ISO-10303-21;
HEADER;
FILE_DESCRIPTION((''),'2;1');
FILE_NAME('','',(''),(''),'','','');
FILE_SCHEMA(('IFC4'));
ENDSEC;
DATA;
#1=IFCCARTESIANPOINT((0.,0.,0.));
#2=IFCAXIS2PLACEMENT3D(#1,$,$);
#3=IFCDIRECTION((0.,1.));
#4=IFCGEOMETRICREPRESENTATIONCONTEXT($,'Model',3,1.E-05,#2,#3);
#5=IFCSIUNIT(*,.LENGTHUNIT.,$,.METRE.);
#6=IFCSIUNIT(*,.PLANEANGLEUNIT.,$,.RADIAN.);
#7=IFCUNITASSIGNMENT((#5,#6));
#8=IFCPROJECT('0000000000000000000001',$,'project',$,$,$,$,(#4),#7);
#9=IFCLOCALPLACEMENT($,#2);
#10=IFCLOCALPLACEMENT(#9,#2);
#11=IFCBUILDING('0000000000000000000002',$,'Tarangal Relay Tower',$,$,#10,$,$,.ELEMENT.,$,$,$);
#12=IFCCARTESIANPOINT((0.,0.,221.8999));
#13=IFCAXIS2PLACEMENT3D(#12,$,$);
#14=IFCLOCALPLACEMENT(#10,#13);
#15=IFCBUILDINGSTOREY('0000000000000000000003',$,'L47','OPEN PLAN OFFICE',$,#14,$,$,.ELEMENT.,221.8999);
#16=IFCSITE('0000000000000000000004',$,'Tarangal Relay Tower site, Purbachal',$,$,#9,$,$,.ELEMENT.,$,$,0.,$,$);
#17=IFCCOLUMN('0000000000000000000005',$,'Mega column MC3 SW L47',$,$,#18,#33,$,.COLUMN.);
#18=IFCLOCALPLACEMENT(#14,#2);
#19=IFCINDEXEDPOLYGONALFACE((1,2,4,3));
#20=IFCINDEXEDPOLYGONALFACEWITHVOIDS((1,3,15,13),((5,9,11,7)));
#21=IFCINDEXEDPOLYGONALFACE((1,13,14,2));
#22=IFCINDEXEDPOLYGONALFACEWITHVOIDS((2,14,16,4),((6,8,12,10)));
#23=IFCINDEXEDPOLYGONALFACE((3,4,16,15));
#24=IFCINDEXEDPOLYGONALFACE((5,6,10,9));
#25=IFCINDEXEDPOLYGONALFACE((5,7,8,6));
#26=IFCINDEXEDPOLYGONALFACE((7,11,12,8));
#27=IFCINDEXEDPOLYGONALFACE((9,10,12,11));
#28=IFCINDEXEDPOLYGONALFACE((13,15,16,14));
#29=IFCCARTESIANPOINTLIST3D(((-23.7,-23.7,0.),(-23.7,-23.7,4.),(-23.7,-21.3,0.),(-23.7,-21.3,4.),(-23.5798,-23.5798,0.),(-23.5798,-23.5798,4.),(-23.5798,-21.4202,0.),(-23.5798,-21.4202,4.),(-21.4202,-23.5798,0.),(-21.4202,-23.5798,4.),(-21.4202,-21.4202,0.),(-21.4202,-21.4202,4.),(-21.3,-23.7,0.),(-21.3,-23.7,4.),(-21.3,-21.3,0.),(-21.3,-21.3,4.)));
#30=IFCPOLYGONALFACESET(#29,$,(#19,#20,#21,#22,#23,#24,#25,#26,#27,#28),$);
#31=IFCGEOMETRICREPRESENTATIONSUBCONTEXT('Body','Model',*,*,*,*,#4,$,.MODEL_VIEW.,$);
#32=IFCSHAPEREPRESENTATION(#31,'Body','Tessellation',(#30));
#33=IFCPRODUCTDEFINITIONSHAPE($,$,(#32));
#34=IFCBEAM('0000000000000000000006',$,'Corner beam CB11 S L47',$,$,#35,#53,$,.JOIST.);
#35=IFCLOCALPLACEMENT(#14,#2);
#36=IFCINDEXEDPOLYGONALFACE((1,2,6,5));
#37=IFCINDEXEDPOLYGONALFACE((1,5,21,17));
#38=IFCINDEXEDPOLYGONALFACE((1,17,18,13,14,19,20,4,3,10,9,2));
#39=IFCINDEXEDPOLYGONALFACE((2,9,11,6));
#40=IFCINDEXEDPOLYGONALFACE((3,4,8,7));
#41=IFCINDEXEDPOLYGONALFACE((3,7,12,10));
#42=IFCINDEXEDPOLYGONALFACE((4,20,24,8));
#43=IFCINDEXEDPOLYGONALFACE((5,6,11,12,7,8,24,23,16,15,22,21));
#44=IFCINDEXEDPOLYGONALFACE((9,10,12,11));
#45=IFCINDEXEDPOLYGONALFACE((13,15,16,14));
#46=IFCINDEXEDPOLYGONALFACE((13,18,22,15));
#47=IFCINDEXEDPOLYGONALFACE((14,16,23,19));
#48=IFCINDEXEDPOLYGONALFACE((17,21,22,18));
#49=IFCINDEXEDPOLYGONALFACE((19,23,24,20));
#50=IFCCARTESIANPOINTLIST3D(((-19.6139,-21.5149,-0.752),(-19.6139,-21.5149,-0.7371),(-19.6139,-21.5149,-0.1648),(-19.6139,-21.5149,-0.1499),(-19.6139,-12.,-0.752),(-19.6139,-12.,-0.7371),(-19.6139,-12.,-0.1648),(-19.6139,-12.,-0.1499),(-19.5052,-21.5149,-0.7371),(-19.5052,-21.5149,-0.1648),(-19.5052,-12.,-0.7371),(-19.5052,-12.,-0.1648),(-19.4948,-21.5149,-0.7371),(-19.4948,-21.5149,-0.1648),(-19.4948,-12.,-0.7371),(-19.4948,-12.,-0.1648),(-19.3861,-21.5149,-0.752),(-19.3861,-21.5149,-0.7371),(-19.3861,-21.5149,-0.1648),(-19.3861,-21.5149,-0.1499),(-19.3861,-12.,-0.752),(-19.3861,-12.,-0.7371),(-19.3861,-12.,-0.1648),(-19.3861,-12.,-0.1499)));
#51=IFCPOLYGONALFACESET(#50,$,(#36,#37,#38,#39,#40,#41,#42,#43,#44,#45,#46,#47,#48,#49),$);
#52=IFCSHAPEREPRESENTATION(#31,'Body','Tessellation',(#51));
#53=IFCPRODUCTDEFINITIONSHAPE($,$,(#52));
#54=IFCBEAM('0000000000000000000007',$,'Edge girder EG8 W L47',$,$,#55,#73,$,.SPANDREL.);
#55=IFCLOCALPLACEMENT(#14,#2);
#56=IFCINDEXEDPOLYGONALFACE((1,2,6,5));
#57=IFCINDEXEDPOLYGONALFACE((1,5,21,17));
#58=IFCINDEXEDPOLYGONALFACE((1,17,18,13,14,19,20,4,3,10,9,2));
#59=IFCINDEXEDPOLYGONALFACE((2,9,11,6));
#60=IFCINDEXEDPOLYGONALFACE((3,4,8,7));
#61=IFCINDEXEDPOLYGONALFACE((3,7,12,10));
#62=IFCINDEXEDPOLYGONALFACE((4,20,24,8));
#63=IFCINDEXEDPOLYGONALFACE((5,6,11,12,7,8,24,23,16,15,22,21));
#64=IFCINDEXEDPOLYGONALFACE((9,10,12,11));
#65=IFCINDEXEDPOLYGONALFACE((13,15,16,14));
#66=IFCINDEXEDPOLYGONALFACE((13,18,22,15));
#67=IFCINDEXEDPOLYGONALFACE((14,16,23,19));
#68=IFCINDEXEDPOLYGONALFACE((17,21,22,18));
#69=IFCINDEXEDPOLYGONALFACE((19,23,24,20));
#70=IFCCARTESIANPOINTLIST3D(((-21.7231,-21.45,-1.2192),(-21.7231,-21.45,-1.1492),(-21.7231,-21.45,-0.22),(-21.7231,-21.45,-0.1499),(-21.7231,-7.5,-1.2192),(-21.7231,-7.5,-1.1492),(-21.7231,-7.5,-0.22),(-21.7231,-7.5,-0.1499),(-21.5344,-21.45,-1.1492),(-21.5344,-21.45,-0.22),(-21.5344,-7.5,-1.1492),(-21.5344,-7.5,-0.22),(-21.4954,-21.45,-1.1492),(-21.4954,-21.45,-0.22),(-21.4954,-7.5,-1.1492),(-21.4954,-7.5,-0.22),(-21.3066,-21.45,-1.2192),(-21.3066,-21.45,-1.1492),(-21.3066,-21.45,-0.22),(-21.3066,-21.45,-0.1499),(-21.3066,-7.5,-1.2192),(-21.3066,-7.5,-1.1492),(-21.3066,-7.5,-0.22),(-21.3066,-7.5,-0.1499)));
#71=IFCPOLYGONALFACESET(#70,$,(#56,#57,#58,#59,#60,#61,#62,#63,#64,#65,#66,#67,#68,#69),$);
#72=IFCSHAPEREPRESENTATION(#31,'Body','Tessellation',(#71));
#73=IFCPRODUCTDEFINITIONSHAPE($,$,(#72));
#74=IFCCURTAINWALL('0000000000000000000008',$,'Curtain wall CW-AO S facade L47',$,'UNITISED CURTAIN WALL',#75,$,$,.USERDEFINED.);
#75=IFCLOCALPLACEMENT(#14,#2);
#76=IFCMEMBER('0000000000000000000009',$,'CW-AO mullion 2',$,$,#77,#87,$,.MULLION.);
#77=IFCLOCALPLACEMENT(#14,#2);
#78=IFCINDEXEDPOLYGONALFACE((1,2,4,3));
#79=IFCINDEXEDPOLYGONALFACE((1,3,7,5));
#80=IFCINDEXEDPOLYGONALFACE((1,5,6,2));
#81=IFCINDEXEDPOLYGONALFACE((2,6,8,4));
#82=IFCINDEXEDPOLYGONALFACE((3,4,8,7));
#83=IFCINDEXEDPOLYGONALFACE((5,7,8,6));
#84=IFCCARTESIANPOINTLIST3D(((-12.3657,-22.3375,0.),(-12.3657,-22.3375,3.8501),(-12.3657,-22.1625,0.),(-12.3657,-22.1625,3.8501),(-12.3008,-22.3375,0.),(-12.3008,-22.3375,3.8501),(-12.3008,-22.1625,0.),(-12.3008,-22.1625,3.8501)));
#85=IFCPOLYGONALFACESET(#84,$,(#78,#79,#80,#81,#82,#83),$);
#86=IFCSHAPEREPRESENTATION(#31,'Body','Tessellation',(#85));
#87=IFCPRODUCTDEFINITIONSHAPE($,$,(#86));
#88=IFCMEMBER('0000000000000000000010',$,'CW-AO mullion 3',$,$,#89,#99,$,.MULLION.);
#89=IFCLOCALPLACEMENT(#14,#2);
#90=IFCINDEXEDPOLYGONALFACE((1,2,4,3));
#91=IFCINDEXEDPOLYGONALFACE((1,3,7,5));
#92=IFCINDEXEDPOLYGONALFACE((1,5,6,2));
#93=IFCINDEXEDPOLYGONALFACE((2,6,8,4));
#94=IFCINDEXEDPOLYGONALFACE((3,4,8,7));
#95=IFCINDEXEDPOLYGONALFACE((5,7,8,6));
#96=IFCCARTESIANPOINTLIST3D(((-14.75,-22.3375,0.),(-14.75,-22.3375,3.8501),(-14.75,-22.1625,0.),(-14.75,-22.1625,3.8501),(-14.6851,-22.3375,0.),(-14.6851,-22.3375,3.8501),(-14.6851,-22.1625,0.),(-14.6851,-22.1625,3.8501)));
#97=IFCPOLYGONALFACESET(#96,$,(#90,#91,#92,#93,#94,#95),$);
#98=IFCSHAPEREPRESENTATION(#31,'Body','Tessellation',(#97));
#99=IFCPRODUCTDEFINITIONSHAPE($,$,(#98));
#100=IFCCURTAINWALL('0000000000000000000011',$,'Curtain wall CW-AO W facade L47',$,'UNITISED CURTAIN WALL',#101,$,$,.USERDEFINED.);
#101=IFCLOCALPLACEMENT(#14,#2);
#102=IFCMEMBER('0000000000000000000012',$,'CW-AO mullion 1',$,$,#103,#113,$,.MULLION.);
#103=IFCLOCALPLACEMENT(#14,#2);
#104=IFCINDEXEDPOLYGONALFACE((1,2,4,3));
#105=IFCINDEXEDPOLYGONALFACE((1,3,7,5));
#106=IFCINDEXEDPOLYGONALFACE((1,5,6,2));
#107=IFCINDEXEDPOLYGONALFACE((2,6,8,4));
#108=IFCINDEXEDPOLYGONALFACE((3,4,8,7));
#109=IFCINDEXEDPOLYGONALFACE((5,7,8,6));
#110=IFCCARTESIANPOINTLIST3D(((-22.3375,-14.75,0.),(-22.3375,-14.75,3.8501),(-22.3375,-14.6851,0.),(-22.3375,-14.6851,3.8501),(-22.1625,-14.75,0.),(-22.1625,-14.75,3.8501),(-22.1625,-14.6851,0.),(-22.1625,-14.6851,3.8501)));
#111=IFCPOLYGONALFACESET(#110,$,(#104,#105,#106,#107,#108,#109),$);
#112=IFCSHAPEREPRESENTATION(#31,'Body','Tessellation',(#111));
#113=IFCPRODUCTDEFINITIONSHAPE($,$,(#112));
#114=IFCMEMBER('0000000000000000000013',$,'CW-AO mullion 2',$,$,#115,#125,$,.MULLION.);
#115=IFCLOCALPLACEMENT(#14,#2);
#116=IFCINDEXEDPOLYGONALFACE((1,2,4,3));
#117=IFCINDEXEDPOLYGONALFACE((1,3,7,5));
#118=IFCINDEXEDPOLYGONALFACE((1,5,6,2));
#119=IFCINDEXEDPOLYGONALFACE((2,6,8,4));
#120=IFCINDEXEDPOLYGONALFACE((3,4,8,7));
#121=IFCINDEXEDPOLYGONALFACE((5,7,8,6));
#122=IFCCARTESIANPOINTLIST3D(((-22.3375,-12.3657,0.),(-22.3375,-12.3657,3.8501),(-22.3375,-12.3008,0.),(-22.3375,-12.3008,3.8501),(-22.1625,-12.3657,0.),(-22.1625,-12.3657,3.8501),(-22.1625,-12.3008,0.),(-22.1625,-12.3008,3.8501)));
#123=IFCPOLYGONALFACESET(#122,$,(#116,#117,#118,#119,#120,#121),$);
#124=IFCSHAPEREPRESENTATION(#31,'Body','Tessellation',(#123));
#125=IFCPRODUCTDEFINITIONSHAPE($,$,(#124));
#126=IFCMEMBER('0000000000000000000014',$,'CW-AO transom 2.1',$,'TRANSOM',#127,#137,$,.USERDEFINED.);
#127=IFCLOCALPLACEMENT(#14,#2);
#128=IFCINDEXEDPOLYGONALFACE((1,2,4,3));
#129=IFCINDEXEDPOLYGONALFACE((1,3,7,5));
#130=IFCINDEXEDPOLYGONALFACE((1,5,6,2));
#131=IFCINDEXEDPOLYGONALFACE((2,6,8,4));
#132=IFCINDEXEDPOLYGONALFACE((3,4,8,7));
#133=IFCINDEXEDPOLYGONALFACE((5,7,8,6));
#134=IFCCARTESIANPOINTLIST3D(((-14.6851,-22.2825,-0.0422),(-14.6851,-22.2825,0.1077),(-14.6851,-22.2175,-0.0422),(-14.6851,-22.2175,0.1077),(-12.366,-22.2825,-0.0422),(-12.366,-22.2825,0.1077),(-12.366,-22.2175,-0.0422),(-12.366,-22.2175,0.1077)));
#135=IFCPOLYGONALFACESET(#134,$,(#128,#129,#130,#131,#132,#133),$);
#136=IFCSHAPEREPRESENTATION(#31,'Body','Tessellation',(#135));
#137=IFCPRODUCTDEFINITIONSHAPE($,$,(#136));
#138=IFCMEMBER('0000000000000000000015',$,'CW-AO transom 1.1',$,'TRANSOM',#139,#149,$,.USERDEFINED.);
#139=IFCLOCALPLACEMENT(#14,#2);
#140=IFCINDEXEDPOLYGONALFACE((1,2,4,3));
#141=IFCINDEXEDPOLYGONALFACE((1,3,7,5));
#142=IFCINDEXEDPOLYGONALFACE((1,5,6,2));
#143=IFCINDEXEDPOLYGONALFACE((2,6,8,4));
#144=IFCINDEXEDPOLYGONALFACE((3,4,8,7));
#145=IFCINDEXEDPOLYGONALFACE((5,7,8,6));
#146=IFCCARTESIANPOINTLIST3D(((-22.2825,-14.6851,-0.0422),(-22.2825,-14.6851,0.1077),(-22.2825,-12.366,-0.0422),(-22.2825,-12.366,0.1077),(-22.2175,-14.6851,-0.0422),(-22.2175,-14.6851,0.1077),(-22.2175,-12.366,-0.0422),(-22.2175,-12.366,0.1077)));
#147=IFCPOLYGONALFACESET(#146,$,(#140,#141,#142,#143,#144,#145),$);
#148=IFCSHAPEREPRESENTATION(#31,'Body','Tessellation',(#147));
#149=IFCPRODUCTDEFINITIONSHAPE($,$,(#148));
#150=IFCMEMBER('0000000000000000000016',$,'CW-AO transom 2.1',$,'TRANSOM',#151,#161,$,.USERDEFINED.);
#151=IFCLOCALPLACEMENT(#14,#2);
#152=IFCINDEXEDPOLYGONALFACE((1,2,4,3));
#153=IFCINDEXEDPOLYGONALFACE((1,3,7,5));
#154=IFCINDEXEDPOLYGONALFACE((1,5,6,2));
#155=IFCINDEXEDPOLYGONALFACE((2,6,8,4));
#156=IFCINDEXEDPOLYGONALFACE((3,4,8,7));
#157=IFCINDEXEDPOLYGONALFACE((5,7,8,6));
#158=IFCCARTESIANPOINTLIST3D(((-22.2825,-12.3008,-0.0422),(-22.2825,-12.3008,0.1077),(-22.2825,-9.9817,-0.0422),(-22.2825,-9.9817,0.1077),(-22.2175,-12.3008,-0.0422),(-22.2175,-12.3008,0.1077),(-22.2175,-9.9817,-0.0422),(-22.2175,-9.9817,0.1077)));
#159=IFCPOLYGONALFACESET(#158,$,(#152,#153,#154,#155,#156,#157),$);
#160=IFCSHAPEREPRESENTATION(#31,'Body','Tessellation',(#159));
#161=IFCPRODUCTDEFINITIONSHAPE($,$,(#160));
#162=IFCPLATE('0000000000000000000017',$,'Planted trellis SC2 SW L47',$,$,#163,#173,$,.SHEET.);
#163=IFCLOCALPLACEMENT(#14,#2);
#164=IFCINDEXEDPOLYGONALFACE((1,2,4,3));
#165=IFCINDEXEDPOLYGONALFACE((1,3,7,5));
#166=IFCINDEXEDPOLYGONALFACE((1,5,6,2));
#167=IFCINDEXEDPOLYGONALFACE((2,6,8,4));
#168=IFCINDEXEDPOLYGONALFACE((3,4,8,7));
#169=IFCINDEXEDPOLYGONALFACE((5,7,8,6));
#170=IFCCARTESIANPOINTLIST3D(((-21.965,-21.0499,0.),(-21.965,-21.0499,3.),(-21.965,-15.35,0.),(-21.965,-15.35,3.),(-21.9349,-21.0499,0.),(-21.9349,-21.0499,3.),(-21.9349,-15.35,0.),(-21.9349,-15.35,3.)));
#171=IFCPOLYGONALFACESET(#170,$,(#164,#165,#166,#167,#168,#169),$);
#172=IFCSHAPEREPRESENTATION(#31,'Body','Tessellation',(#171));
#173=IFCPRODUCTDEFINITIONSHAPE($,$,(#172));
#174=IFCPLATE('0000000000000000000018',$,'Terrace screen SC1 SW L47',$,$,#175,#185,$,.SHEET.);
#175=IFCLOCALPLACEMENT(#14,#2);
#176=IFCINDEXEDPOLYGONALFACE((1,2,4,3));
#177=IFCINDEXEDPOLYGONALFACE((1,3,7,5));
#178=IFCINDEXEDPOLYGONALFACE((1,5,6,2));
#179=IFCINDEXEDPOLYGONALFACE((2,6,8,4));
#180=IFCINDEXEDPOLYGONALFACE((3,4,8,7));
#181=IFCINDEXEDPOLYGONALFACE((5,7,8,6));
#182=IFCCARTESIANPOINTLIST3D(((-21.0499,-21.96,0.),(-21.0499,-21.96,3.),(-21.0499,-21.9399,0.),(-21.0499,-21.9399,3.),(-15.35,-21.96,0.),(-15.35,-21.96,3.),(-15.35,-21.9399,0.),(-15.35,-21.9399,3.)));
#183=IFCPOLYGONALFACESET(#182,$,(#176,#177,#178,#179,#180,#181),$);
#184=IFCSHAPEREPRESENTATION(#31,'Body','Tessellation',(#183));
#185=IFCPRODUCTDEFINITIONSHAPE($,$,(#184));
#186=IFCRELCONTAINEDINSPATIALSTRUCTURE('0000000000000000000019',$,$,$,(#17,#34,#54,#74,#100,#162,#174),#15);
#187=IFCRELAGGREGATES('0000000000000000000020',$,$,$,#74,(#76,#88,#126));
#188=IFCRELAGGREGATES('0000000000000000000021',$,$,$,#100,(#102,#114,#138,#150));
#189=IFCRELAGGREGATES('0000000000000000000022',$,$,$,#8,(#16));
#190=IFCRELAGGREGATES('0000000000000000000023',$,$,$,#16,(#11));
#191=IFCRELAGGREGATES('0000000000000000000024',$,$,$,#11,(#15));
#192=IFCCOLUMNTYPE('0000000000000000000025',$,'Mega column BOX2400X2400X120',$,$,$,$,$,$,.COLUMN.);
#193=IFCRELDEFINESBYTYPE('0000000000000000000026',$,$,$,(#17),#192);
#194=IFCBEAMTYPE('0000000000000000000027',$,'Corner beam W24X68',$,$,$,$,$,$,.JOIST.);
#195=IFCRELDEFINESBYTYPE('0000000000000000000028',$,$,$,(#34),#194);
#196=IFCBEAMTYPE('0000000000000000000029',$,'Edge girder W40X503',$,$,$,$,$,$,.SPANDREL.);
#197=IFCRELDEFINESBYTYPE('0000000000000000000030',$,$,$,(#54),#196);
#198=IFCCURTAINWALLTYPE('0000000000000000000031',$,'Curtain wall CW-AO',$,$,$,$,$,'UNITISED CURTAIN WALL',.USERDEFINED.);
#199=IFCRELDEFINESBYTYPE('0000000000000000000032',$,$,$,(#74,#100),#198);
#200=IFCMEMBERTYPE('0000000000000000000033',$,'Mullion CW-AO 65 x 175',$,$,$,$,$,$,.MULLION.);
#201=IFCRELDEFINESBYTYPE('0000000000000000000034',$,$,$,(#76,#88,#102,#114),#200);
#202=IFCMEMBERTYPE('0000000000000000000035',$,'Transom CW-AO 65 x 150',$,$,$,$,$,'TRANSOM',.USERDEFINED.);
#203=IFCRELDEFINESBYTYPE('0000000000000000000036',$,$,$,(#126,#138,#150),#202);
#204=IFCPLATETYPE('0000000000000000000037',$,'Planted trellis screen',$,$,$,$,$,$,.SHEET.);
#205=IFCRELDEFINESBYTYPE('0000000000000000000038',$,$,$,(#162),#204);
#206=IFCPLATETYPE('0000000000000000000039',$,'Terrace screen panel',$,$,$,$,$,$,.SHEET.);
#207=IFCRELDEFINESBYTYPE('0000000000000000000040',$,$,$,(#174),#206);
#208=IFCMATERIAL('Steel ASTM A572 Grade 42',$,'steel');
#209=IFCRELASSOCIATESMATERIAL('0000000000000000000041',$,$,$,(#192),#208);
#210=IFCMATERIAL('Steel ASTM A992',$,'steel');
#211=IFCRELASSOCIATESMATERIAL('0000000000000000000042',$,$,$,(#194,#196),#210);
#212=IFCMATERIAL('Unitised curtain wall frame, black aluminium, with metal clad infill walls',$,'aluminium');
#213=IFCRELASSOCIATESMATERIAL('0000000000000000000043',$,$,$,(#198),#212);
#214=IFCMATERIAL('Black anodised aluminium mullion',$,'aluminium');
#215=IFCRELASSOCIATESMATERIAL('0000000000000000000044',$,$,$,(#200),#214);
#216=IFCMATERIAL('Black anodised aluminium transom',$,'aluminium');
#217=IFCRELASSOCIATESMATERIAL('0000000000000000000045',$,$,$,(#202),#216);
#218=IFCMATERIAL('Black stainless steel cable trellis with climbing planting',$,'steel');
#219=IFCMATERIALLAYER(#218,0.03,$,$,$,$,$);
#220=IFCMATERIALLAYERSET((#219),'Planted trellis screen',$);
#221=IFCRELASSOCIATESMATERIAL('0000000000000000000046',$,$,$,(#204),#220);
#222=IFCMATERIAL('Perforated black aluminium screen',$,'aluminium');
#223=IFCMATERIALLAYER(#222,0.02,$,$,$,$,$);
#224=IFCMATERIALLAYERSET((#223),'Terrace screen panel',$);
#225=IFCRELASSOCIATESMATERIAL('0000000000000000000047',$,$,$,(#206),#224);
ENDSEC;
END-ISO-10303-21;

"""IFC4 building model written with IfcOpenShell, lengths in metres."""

from ifc_helpers import new_model, si_unit, direction, frame, origin, origin_2d, place, context, subcontext, project, spatial, rectangle, hollow_rectangle, i_section, extrude, material, layer, layer_set, material_profile, profile_set, type_object, element, aggregate, save


model = new_model("IFC4")

# Units and contexts
model_context = context("Model", 3, precision=1e-05, world=origin(), true_north=direction((0.0, 1.0)))
body_context = subcontext(model_context, "Body", "Model", "MODEL_VIEW")
ifc_project = project(units=[si_unit("LENGTHUNIT", "METRE"), si_unit("PLANEANGLEUNIT", "RADIAN")], contexts=[model_context])

# Site, building, storey
site_placement = place(None, origin())
site = spatial("IfcSite", under=ifc_project, at=site_placement, Name="Tarangal Relay Tower site, Purbachal", CompositionType="ELEMENT", RefElevation=0.0)
building_placement = place(site_placement, origin())
building = spatial("IfcBuilding", under=site, at=building_placement, Name="Tarangal Relay Tower", CompositionType="ELEMENT")
storey_placement = place(building_placement, frame((0.0, 0.0, 221.8999)))
storey = spatial("IfcBuildingStorey", under=building, at=storey_placement, Name="L47", Description="OPEN PLAN OFFICE", CompositionType="ELEMENT", Elevation=221.8999)

# Column
ifc_material_1 = material(Name="Steel ASTM A572 Grade 42", Category="steel")
ifc_material_profile_1 = material_profile(ifc_material_1, hollow_rectangle(XDim=2.3999, YDim=2.3999, WallThickness=0.1201, at=origin_2d()), Name="BOX2400X2400X120")
ifc_profile_set_1 = profile_set([ifc_material_profile_1], Name="Steel ASTM A572 Grade 42")
column_type = type_object("IfcColumnType", Name="Mega column BOX2400X2400X120", PredefinedType="COLUMN", material=ifc_profile_set_1)
column_placement = place(storey_placement, frame((-22.5, -22.5, 0.0), z_axis=(0.0, 0.0, 1.0), x_axis=(1.0, 0.0, 0.0)))
element("IfcColumn", 1, at=column_placement, inside=storey, type_object=column_type, Name="Mega column MC3 SW L47", PredefinedType="COLUMN", context=body_context, shape_type="SweptSolid", body=[
    extrude(hollow_rectangle(XDim=2.3999, YDim=2.3999, WallThickness=0.1201, at=origin_2d()), origin(), (0.0, 0.0, 1.0), 4.0),
])

# Beams
ifc_material_2 = material(Name="Steel ASTM A992", Category="steel")
ifc_material_profile_2 = material_profile(ifc_material_2, i_section(OverallWidth=0.2278, OverallDepth=0.6021, WebThickness=0.0105, FlangeThickness=0.0149, at=origin_2d()), Name="W24X68")
ifc_profile_set_2 = profile_set([ifc_material_profile_2], Name="Steel ASTM A992")
beam_type_1 = type_object("IfcBeamType", Name="Corner beam W24X68", PredefinedType="JOIST", material=ifc_profile_set_2)
beam_1_placement = place(storey_placement, frame((-19.5, -12.0, -0.4509), z_axis=(0.0, -1.0, 0.0), x_axis=(1.0, 0.0, 0.0)))
element("IfcBeam", 2, at=beam_1_placement, inside=storey, type_object=beam_type_1, Name="Corner beam CB11 S L47", PredefinedType="JOIST", context=body_context, shape_type="SweptSolid", body=[
    extrude(i_section(OverallWidth=0.2278, OverallDepth=0.6021, WebThickness=0.0105, FlangeThickness=0.0149, at=origin_2d()), origin(), (0.0, 0.0, 1.0), 9.5149),
])
ifc_material_profile_3 = material_profile(ifc_material_2, i_section(OverallWidth=0.4165, OverallDepth=1.0693, WebThickness=0.0391, FlangeThickness=0.0701, at=origin_2d()), Name="W40X503")
ifc_profile_set_3 = profile_set([ifc_material_profile_3], Name="Steel ASTM A992")
beam_type_2 = type_object("IfcBeamType", Name="Edge girder W40X503", PredefinedType="SPANDREL", material=ifc_profile_set_3)
beam_2_placement = place(storey_placement, frame((-21.5149, -21.45, -0.6846), z_axis=(0.0, 1.0, 0.0), x_axis=(-1.0, 0.0, 0.0)))
element("IfcBeam", 3, at=beam_2_placement, inside=storey, type_object=beam_type_2, Name="Edge girder EG8 W L47", PredefinedType="SPANDREL", context=body_context, shape_type="SweptSolid", body=[
    extrude(i_section(OverallWidth=0.4165, OverallDepth=1.0693, WebThickness=0.0391, FlangeThickness=0.0701, at=origin_2d()), origin(), (0.0, 0.0, 1.0), 13.95),
])

# Curtain walls, members
ifc_material_3 = material(Name="Unitised curtain wall frame, black aluminium, with metal clad infill walls", Category="aluminium")
curtain_wall_type = type_object("IfcCurtainWallType", Name="Curtain wall CW-AO", ElementType="UNITISED CURTAIN WALL", PredefinedType="USERDEFINED", material=ifc_material_3)
curtain_wall_1_placement = place(storey_placement, origin())
curtain_wall_1 = element("IfcCurtainWall", 4, at=curtain_wall_1_placement, inside=storey, type_object=curtain_wall_type, Name="Curtain wall CW-AO S facade L47", ObjectType="UNITISED CURTAIN WALL", PredefinedType="USERDEFINED")
ifc_material_4 = material(Name="Black anodised aluminium mullion", Category="aluminium")
ifc_material_profile_4 = material_profile(ifc_material_4, rectangle(XDim=0.175, YDim=0.0649, at=origin_2d()), Name="CW-AOM 65X175")
ifc_profile_set_4 = profile_set([ifc_material_profile_4], Name="Black anodised aluminium mullion")
member_type_1 = type_object("IfcMemberType", Name="Mullion CW-AO 65 x 175", PredefinedType="MULLION", material=ifc_profile_set_4)
member_1_placement = place(storey_placement, frame((-12.3333, -22.25, 0.0), z_axis=(0.0, 0.0, 1.0), x_axis=(0.0, -1.0, 0.0)))
member_1 = element("IfcMember", 5, at=member_1_placement, type_object=member_type_1, Name="CW-AO mullion 2", PredefinedType="MULLION", context=body_context, shape_type="SweptSolid", body=[
    extrude(rectangle(XDim=0.175, YDim=0.0649, at=origin_2d()), origin(), (0.0, 0.0, 1.0), 3.8501),
])
member_2_placement = place(storey_placement, frame((-14.7175, -22.25, 0.0), z_axis=(0.0, 0.0, 1.0), x_axis=(0.0, -1.0, 0.0)))
member_2 = element("IfcMember", 6, at=member_2_placement, type_object=member_type_1, Name="CW-AO mullion 3", PredefinedType="MULLION", context=body_context, shape_type="SweptSolid", body=[
    extrude(rectangle(XDim=0.175, YDim=0.0649, at=origin_2d()), origin(), (0.0, 0.0, 1.0), 3.8501),
])
curtain_wall_2_placement = place(storey_placement, origin())
curtain_wall_2 = element("IfcCurtainWall", 7, at=curtain_wall_2_placement, inside=storey, type_object=curtain_wall_type, Name="Curtain wall CW-AO W facade L47", ObjectType="UNITISED CURTAIN WALL", PredefinedType="USERDEFINED")
member_3_placement = place(storey_placement, frame((-22.25, -14.7175, 0.0), z_axis=(0.0, 0.0, 1.0), x_axis=(-1.0, 0.0, 0.0)))
member_3 = element("IfcMember", 8, at=member_3_placement, type_object=member_type_1, Name="CW-AO mullion 1", PredefinedType="MULLION", context=body_context, shape_type="SweptSolid", body=[
    extrude(rectangle(XDim=0.175, YDim=0.0649, at=origin_2d()), origin(), (0.0, 0.0, 1.0), 3.8501),
])
member_4_placement = place(storey_placement, frame((-22.25, -12.3333, 0.0), z_axis=(0.0, 0.0, 1.0), x_axis=(-1.0, 0.0, 0.0)))
member_4 = element("IfcMember", 9, at=member_4_placement, type_object=member_type_1, Name="CW-AO mullion 2", PredefinedType="MULLION", context=body_context, shape_type="SweptSolid", body=[
    extrude(rectangle(XDim=0.175, YDim=0.0649, at=origin_2d()), origin(), (0.0, 0.0, 1.0), 3.8501),
])

# Members
ifc_material_5 = material(Name="Black anodised aluminium transom", Category="aluminium")
ifc_material_profile_5 = material_profile(ifc_material_5, rectangle(XDim=0.0649, YDim=0.1499, at=origin_2d()), Name="CW-AOT 65X150")
ifc_profile_set_5 = profile_set([ifc_material_profile_5], Name="Black anodised aluminium transom")
member_type_2 = type_object("IfcMemberType", Name="Transom CW-AO 65 x 150", ElementType="TRANSOM", PredefinedType="USERDEFINED", material=ifc_profile_set_5)
member_5_placement = place(storey_placement, frame((-12.366, -22.25, 0.0327), z_axis=(-1.0, 0.0, 0.0), x_axis=(0.0, -1.0, 0.0)))
member_5 = element("IfcMember", 10, at=member_5_placement, type_object=member_type_2, Name="CW-AO transom 2.1", ObjectType="TRANSOM", PredefinedType="USERDEFINED", context=body_context, shape_type="SweptSolid", body=[
    extrude(rectangle(XDim=0.0649, YDim=0.1499, at=origin_2d()), origin(), (0.0, 0.0, 1.0), 2.3191),
])
aggregate(curtain_wall_1, [member_1, member_2, member_5])
member_6_placement = place(storey_placement, frame((-22.25, -14.6851, 0.0327), z_axis=(0.0, 1.0, 0.0), x_axis=(-1.0, 0.0, 0.0)))
member_6 = element("IfcMember", 11, at=member_6_placement, type_object=member_type_2, Name="CW-AO transom 1.1", ObjectType="TRANSOM", PredefinedType="USERDEFINED", context=body_context, shape_type="SweptSolid", body=[
    extrude(rectangle(XDim=0.0649, YDim=0.1499, at=origin_2d()), origin(), (0.0, 0.0, 1.0), 2.3191),
])
member_7_placement = place(storey_placement, frame((-22.25, -12.3008, 0.0327), z_axis=(0.0, 1.0, 0.0), x_axis=(-1.0, 0.0, 0.0)))
member_7 = element("IfcMember", 12, at=member_7_placement, type_object=member_type_2, Name="CW-AO transom 2.1", ObjectType="TRANSOM", PredefinedType="USERDEFINED", context=body_context, shape_type="SweptSolid", body=[
    extrude(rectangle(XDim=0.0649, YDim=0.1499, at=origin_2d()), origin(), (0.0, 0.0, 1.0), 2.3191),
])
aggregate(curtain_wall_2, [member_3, member_4, member_6, member_7])

# Plates
ifc_material_6 = material(Name="Black stainless steel cable trellis with climbing planting", Category="steel")
ifc_layer_1 = layer(ifc_material_6, 0.03)
ifc_layer_set_1 = layer_set([ifc_layer_1], Name="Planted trellis screen")
plate_type_1 = type_object("IfcPlateType", Name="Planted trellis screen", PredefinedType="SHEET", material=ifc_layer_set_1)
plate_1_placement = place(storey_placement, frame((-21.95, -18.2, 0.0), z_axis=(0.0, 0.0, 1.0), x_axis=(0.0, 1.0, 0.0)))
element("IfcPlate", 13, at=plate_1_placement, inside=storey, type_object=plate_type_1, Name="Planted trellis SC2 SW L47", PredefinedType="SHEET", context=body_context, shape_type="SweptSolid", body=[
    extrude(rectangle(XDim=5.7, YDim=0.03, at=origin_2d()), origin(), (0.0, 0.0, 1.0), 3.0),
])
ifc_material_7 = material(Name="Perforated black aluminium screen", Category="aluminium")
ifc_layer_2 = layer(ifc_material_7, 0.02)
ifc_layer_set_2 = layer_set([ifc_layer_2], Name="Terrace screen panel")
plate_type_2 = type_object("IfcPlateType", Name="Terrace screen panel", PredefinedType="SHEET", material=ifc_layer_set_2)
plate_2_placement = place(storey_placement, frame((-18.2, -21.95, 0.0), z_axis=(0.0, 0.0, 1.0), x_axis=(-1.0, 0.0, 0.0)))
element("IfcPlate", 14, at=plate_2_placement, inside=storey, type_object=plate_type_2, Name="Terrace screen SC1 SW L47", PredefinedType="SHEET", context=body_context, shape_type="SweptSolid", body=[
    extrude(rectangle(XDim=5.7, YDim=0.02, at=origin_2d()), origin(), (0.0, 0.0, 1.0), 3.0),
])

save(model, "model.ifc")
